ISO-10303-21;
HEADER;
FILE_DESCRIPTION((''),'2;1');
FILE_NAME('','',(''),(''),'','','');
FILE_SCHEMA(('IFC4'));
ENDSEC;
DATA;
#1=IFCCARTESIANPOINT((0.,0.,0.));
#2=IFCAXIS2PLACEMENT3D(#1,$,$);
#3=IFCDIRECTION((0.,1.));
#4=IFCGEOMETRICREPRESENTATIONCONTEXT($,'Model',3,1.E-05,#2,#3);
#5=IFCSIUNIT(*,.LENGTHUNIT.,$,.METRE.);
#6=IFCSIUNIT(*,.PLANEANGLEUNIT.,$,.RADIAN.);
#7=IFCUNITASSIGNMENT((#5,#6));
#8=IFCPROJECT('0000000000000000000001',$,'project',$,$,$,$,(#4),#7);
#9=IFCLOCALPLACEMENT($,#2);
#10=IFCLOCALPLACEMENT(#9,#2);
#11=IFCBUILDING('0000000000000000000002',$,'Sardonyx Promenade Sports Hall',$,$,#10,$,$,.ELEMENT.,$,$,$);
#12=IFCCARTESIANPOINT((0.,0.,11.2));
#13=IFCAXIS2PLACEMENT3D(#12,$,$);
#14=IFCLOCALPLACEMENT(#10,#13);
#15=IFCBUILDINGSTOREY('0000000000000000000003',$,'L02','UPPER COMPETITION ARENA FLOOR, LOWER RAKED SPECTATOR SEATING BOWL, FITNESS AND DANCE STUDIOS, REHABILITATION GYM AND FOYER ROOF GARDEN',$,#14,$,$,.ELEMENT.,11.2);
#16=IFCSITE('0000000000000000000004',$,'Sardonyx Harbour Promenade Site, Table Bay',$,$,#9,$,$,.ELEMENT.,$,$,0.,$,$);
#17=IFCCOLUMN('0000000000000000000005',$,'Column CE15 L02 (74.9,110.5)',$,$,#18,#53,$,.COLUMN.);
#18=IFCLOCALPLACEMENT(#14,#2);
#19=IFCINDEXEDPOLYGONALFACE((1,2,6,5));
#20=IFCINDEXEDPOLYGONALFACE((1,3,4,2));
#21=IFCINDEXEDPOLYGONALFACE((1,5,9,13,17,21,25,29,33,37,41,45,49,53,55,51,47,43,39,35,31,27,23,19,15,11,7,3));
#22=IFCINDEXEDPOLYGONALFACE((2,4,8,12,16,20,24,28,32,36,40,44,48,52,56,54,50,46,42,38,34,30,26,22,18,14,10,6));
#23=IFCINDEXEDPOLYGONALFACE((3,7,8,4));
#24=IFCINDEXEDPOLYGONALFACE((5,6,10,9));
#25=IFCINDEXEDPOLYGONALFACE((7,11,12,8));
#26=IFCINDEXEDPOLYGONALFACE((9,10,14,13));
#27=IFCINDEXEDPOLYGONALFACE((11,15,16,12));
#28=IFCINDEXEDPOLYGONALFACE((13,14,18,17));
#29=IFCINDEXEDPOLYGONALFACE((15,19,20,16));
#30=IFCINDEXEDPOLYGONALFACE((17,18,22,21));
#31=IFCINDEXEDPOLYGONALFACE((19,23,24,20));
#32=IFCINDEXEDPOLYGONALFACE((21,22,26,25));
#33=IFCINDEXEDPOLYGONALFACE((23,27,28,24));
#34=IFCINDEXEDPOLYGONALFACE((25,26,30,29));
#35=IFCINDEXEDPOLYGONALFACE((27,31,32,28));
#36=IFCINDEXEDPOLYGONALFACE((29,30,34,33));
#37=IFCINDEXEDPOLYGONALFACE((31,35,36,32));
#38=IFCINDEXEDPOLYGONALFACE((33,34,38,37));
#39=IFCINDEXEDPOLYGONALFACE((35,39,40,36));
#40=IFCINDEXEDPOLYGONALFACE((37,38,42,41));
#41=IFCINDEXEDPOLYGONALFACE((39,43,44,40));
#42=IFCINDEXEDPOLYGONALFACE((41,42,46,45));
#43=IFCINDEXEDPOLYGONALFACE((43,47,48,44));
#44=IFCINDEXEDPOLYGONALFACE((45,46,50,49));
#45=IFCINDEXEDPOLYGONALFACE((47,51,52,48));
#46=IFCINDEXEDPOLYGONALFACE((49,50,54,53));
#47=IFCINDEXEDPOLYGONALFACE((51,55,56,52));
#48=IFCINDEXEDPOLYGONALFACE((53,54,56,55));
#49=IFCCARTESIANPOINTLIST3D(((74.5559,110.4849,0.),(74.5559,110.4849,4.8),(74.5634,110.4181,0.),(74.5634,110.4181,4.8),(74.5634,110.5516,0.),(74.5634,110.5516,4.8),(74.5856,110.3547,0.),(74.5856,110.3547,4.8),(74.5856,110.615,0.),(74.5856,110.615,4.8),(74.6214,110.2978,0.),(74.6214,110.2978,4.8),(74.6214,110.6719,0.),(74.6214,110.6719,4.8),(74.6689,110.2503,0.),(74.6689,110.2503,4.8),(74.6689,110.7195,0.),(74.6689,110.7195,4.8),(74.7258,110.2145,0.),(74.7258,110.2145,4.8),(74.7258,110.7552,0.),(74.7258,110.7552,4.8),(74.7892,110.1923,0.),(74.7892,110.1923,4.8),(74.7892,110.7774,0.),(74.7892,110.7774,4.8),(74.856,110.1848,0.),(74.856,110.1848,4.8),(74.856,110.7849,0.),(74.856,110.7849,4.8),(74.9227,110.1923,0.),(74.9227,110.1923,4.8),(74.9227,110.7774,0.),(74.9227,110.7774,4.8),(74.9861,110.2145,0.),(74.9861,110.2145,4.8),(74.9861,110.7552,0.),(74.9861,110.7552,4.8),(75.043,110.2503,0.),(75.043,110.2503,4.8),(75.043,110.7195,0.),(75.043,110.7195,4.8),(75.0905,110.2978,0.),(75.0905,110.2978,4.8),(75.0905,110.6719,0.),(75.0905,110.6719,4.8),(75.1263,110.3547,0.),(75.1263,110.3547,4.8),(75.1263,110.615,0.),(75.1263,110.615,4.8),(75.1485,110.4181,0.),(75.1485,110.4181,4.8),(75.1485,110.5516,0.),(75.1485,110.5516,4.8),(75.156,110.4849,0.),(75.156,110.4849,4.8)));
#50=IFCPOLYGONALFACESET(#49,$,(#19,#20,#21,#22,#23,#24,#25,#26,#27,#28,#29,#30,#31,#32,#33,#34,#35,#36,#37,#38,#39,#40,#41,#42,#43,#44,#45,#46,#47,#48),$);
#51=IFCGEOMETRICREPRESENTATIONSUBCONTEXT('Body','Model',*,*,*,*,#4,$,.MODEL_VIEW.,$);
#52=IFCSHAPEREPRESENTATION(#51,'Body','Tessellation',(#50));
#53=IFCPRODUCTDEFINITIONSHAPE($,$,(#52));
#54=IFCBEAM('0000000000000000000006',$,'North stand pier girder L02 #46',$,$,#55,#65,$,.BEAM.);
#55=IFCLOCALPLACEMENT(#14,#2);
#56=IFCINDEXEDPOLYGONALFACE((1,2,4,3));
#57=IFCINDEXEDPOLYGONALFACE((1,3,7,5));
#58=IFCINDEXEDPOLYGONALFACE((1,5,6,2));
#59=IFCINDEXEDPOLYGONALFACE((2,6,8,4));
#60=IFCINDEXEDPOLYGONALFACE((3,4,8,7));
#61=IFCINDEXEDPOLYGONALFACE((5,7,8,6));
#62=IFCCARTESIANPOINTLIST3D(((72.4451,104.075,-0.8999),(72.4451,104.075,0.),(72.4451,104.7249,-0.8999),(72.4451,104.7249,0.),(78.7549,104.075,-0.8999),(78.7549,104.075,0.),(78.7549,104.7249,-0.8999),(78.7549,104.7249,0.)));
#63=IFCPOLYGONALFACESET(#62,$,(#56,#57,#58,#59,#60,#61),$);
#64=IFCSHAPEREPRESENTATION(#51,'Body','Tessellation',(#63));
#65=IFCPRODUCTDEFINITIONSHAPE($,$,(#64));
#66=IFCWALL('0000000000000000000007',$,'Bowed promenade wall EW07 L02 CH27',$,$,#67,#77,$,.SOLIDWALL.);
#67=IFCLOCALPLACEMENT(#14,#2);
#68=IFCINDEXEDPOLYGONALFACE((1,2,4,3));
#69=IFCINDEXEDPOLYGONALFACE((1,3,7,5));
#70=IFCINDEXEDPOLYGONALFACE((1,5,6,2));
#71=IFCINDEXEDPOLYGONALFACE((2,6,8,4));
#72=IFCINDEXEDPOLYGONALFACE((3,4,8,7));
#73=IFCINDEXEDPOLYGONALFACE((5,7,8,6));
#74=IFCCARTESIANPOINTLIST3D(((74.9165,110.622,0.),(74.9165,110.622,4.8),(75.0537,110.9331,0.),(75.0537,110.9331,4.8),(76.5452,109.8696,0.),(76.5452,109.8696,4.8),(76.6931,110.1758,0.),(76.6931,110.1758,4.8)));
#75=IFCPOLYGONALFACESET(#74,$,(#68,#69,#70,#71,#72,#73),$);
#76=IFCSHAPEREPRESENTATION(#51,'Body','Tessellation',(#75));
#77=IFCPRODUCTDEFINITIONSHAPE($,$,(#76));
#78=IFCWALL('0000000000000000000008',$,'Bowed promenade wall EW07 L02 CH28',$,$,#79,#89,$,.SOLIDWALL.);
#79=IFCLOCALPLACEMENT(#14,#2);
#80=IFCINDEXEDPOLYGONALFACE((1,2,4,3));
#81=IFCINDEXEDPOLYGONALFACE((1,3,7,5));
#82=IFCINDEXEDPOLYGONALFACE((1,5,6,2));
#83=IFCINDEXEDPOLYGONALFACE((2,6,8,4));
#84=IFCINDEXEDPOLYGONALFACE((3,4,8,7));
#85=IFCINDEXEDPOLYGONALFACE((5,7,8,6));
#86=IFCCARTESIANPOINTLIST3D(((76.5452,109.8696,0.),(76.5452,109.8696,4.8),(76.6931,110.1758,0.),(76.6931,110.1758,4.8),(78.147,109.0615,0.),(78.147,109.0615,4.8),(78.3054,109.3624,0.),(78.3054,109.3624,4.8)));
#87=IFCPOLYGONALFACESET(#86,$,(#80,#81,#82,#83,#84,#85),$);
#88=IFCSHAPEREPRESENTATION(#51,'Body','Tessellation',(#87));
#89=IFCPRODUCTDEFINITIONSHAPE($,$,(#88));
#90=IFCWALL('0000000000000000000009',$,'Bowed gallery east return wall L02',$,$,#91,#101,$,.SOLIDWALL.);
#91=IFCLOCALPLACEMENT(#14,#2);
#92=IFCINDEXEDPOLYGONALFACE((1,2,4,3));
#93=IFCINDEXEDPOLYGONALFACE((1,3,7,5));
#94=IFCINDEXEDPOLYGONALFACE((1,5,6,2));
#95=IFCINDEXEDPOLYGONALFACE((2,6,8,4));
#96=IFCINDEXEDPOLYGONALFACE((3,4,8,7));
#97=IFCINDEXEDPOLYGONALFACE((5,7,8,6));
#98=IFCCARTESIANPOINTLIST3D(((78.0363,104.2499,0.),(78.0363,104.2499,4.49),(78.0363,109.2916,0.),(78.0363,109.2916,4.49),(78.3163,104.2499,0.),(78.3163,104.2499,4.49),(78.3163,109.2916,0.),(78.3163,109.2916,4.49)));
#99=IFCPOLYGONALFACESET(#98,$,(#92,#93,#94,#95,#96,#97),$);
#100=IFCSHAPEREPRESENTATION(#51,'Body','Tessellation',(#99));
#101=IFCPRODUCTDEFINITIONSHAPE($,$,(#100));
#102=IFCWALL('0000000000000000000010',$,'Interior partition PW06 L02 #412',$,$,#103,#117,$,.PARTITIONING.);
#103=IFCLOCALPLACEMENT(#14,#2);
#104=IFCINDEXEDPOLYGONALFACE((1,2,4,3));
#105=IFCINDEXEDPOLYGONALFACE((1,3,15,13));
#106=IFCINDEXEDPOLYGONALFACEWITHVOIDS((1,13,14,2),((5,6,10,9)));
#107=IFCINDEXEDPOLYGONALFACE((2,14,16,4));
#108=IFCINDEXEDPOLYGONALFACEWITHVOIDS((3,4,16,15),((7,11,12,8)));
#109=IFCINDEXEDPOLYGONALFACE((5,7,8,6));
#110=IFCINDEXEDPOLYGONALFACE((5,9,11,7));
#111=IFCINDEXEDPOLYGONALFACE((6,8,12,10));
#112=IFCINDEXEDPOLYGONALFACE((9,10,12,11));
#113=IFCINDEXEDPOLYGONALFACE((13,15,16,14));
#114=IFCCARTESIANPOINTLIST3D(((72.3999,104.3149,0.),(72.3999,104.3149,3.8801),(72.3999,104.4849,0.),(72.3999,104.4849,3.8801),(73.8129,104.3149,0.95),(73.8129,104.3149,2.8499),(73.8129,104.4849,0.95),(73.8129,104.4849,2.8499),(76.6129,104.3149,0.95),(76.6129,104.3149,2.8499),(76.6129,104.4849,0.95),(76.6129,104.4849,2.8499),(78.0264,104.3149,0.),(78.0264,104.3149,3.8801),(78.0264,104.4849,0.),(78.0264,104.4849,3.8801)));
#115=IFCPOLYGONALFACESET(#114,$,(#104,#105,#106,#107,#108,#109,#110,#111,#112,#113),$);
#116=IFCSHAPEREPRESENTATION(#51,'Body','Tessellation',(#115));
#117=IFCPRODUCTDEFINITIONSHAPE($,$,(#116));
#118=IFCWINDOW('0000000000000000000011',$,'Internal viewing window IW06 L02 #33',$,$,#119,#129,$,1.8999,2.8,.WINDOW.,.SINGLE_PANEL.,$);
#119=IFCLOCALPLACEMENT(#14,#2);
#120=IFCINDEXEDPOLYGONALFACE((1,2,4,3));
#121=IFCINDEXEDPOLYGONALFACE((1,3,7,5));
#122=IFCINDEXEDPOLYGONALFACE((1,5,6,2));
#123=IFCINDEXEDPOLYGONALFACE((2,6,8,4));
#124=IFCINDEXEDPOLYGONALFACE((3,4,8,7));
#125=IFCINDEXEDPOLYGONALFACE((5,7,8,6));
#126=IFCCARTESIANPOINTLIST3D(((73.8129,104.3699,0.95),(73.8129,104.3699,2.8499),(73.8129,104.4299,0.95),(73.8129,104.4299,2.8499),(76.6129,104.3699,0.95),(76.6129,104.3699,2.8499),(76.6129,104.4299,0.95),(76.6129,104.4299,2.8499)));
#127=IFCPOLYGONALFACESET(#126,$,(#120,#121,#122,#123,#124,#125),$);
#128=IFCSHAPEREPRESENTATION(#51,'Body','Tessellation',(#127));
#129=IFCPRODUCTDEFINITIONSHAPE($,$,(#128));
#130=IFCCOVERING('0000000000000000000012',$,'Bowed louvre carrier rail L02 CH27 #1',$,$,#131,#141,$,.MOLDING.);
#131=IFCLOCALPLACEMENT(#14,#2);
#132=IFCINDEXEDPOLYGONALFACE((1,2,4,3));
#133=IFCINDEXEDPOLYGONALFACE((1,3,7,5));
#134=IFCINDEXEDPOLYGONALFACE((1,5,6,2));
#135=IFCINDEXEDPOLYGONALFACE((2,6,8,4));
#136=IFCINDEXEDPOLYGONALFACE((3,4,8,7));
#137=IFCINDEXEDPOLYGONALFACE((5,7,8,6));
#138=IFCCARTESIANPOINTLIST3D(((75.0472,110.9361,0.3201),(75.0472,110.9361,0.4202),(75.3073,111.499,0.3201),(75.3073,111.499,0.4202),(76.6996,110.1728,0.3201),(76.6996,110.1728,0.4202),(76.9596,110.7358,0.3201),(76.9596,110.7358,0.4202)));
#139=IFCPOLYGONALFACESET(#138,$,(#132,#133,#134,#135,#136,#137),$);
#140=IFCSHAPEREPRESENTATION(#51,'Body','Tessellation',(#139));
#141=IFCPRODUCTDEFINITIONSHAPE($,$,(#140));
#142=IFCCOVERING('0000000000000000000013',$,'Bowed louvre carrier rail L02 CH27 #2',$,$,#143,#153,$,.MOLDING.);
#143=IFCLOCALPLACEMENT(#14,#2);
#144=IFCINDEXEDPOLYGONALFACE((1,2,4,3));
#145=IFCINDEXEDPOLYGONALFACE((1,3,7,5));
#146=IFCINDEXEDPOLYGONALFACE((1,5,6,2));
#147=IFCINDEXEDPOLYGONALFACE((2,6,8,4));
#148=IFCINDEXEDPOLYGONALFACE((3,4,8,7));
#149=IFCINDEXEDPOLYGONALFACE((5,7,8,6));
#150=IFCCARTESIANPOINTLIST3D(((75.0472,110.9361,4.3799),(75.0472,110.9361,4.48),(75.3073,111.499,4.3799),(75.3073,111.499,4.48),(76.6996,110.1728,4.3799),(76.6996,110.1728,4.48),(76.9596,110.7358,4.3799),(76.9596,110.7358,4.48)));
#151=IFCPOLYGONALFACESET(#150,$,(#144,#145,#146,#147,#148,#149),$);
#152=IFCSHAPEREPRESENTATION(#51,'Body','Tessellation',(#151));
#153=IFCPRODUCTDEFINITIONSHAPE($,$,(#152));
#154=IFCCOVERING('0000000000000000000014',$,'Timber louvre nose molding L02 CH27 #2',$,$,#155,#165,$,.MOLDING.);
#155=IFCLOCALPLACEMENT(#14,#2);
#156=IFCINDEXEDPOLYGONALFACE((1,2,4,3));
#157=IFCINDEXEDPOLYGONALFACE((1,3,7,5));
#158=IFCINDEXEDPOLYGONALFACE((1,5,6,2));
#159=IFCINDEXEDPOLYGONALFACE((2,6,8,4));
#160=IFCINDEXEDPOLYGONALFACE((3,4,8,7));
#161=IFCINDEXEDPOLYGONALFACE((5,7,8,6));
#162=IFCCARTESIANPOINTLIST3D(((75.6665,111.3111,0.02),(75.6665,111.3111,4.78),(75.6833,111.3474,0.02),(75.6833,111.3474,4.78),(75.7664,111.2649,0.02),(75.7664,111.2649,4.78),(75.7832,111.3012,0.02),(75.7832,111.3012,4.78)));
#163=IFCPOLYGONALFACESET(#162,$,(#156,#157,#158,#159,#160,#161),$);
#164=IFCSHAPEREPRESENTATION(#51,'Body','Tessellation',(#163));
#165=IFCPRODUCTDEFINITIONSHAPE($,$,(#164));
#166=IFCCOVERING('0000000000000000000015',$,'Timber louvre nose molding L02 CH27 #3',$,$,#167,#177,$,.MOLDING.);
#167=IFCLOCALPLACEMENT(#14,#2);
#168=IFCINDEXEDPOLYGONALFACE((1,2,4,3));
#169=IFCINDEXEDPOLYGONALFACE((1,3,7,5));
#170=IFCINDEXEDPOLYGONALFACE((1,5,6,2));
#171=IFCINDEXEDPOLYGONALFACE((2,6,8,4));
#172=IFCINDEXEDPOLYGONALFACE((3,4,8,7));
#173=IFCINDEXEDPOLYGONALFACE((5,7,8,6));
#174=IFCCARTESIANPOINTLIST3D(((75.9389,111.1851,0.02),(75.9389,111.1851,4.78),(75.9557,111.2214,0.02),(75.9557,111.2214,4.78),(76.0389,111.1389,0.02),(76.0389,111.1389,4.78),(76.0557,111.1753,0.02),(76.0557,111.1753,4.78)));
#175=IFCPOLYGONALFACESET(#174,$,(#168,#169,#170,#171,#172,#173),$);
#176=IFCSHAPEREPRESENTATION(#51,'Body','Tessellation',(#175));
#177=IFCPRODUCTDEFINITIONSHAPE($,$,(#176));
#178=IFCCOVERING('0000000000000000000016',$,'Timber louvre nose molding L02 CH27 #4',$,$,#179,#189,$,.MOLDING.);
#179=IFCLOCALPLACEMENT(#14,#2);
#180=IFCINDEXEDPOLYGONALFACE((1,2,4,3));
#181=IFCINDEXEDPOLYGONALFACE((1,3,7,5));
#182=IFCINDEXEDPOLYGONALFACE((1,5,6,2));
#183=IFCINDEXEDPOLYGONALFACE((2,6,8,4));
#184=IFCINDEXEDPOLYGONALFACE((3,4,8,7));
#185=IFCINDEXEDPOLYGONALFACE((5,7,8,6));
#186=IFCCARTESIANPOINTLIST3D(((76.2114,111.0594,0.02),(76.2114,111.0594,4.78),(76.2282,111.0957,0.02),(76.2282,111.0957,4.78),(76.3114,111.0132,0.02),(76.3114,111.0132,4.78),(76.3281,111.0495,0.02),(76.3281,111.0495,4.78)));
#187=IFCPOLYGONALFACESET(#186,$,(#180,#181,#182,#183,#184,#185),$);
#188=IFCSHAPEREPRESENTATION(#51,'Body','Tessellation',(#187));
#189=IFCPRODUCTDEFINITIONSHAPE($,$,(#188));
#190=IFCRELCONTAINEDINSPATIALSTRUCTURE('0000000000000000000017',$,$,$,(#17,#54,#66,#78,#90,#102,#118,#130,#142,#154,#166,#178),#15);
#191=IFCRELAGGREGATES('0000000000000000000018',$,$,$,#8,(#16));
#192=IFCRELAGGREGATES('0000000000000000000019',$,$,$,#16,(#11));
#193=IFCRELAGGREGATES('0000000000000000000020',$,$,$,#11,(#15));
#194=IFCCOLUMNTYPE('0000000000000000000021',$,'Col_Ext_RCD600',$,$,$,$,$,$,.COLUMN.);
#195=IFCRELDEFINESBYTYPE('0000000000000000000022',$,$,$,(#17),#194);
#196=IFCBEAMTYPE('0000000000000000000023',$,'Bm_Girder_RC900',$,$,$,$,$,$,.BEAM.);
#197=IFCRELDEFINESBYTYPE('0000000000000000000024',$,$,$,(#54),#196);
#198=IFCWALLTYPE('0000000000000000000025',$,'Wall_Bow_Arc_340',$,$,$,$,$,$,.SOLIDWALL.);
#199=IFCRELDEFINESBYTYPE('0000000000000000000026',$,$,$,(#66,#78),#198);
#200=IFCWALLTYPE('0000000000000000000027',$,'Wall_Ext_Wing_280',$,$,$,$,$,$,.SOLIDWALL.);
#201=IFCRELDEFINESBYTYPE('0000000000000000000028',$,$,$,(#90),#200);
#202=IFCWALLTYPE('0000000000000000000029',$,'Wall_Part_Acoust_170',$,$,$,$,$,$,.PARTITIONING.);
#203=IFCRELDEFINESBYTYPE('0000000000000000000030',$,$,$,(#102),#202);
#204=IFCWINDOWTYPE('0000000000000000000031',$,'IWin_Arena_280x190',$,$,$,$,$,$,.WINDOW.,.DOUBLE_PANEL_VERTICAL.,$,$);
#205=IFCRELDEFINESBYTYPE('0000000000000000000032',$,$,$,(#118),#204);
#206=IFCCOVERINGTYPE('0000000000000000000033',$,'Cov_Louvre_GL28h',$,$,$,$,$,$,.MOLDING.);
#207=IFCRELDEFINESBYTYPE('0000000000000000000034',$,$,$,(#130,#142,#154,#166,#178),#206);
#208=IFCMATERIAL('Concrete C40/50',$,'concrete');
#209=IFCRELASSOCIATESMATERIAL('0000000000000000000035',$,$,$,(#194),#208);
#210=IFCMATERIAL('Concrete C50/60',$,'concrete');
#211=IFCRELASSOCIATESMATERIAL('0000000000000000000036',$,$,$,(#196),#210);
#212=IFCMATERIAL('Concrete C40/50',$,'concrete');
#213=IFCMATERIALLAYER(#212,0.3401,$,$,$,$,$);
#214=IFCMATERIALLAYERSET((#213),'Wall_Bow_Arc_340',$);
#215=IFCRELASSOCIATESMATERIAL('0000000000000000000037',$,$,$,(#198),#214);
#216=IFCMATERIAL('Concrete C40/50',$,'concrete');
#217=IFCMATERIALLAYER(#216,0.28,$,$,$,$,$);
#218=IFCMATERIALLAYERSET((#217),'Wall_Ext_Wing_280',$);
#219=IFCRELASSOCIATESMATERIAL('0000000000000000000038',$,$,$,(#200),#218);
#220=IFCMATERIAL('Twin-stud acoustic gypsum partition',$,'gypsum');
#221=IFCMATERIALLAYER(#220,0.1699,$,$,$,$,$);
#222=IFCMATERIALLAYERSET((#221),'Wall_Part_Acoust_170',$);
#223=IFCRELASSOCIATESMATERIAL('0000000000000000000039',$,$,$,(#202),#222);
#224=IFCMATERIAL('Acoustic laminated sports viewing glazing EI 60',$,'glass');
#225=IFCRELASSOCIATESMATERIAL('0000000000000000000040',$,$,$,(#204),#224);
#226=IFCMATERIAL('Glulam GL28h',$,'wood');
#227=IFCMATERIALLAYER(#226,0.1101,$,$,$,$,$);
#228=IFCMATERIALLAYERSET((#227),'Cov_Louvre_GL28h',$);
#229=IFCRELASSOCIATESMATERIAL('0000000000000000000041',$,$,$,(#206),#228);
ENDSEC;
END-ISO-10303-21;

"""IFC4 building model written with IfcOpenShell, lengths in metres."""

from ifc_helpers import new_model, si_unit, direction, frame, frame_2d, origin, origin_2d, place, context, subcontext, project, spatial, polyline, rectangle, circle, outline, extrude, material, layer, layer_set, material_profile, profile_set, type_object, element, fill, save


model = new_model("IFC4")

# Units and contexts
model_context = context("Model", 3, precision=1e-05, world=origin(), true_north=direction((0.0, 1.0)))
body_context = subcontext(model_context, "Body", "Model", "MODEL_VIEW")
ifc_project = project(units=[si_unit("LENGTHUNIT", "METRE"), si_unit("PLANEANGLEUNIT", "RADIAN")], contexts=[model_context])

# Site, building, storey
site_placement = place(None, origin())
site = spatial("IfcSite", under=ifc_project, at=site_placement, Name="Sardonyx Harbour Promenade Site, Table Bay", CompositionType="ELEMENT", RefElevation=0.0)
building_placement = place(site_placement, origin())
building = spatial("IfcBuilding", under=site, at=building_placement, Name="Sardonyx Promenade Sports Hall", CompositionType="ELEMENT")
storey_placement = place(building_placement, frame((0.0, 0.0, 11.2)))
storey = spatial("IfcBuildingStorey", under=building, at=storey_placement, Name="L02", Description="UPPER COMPETITION ARENA FLOOR, LOWER RAKED SPECTATOR SEATING BOWL, FITNESS AND DANCE STUDIOS, REHABILITATION GYM AND FOYER ROOF GARDEN", CompositionType="ELEMENT", Elevation=11.2)

# Column
ifc_material_1 = material(Name="Concrete C40/50", Category="concrete")
ifc_material_profile_1 = material_profile(ifc_material_1, circle(Radius=0.3, at=origin_2d()))
ifc_profile_set_1 = profile_set([ifc_material_profile_1], Name="Concrete C40/50")
column_type = type_object("IfcColumnType", Name="Col_Ext_RCD600", PredefinedType="COLUMN", material=ifc_profile_set_1)
column_placement = place(storey_placement, frame((74.856, 110.4849, 0.0), z_axis=(0.0, 0.0, 1.0), x_axis=(1.0, 0.0, 0.0)))
element("IfcColumn", 1, at=column_placement, inside=storey, type_object=column_type, Name="Column CE15 L02 (74.9,110.5)", PredefinedType="COLUMN", context=body_context, shape_type="SweptSolid", body=[
    extrude(circle(Radius=0.3, at=origin_2d()), origin(), (0.0, 0.0, 1.0), 4.8),
])

# Beam
ifc_material_2 = material(Name="Concrete C50/60", Category="concrete")
ifc_material_profile_2 = material_profile(ifc_material_2, rectangle(XDim=0.6499, YDim=0.8999, at=origin_2d()))
ifc_profile_set_2 = profile_set([ifc_material_profile_2], Name="Concrete C50/60")
beam_type = type_object("IfcBeamType", Name="Bm_Girder_RC900", PredefinedType="BEAM", material=ifc_profile_set_2)
beam_placement = place(storey_placement, frame((72.4451, 104.3999, -0.45), z_axis=(1.0, 0.0, 0.0), x_axis=(0.0, 1.0, 0.0)))
element("IfcBeam", 2, at=beam_placement, inside=storey, type_object=beam_type, Name="North stand pier girder L02 #46", PredefinedType="BEAM", context=body_context, shape_type="SweptSolid", body=[
    extrude(rectangle(XDim=0.6499, YDim=0.8999, at=origin_2d()), origin(), (0.0, 0.0, 1.0), 6.3098),
])

# Walls
ifc_material_3 = material(Name="Concrete C40/50", Category="concrete")
ifc_layer_1 = layer(ifc_material_3, 0.3401)
ifc_layer_set_1 = layer_set([ifc_layer_1], Name="Wall_Bow_Arc_340")
wall_type_1 = type_object("IfcWallType", Name="Wall_Bow_Arc_340", PredefinedType="SOLIDWALL", material=ifc_layer_set_1)
for number, where, z_axis, x_axis, name in (
    (3, (74.9851, 110.7776, 0.0), (0.0, 0.0, 1.0), (0.907808, -0.419385, 0.0), "Bowed promenade wall EW07 L02 CH27"),
    (4, (76.6191, 110.0227, 0.0), (0.0, 0.0, 1.0), (0.892821, -0.450411, 0.0), "Bowed promenade wall EW07 L02 CH28"),
):
    element("IfcWall", number, at=place(storey_placement, frame(where, z_axis=z_axis, x_axis=x_axis)), inside=storey, type_object=wall_type_1, Name=name, PredefinedType="SOLIDWALL", context=body_context, shape_type="SweptSolid", body=[
        extrude(outline(polyline([(0.0029, -0.17), (1.7971, -0.17), (1.8029, 0.17), (-0.0029, 0.17), (0.0029, -0.17)])), origin(), (0.0, 0.0, 1.0), 4.8),
    ])
ifc_material_4 = material(Name="Concrete C40/50", Category="concrete")
ifc_layer_2 = layer(ifc_material_4, 0.28)
ifc_layer_set_2 = layer_set([ifc_layer_2], Name="Wall_Ext_Wing_280")
wall_type_2 = type_object("IfcWallType", Name="Wall_Ext_Wing_280", PredefinedType="SOLIDWALL", material=ifc_layer_set_2)
wall_1_placement = place(storey_placement, frame((78.1763, 109.2917, 0.0), z_axis=(0.0, 0.0, 1.0), x_axis=(0.0, -1.0, 0.0)))
element("IfcWall", 5, at=wall_1_placement, inside=storey, type_object=wall_type_2, Name="Bowed gallery east return wall L02", PredefinedType="SOLIDWALL", context=body_context, shape_type="SweptSolid", body=[
    extrude(rectangle(XDim=5.0417, YDim=0.28, at=frame_2d((2.521, 0.0))), origin(), (0.0, 0.0, 1.0), 4.49),
])

# Wall, opening, window
ifc_material_5 = material(Name="Twin-stud acoustic gypsum partition", Category="gypsum")
ifc_layer_3 = layer(ifc_material_5, 0.1699)
ifc_layer_set_3 = layer_set([ifc_layer_3], Name="Wall_Part_Acoust_170")
wall_type_3 = type_object("IfcWallType", Name="Wall_Part_Acoust_170", PredefinedType="PARTITIONING", material=ifc_layer_set_3)
wall_2_placement = place(storey_placement, frame((72.3999, 104.3999, 0.0), z_axis=(0.0, 0.0, 1.0), x_axis=(1.0, 0.0, 0.0)))
wall_2 = element("IfcWall", 6, at=wall_2_placement, inside=storey, type_object=wall_type_3, Name="Interior partition PW06 L02 #412", PredefinedType="PARTITIONING", context=body_context, shape_type="SweptSolid", body=[
    extrude(rectangle(XDim=5.6265, YDim=0.1699, at=frame_2d((2.8132, 0.0))), origin(), (0.0, 0.0, 1.0), 3.8801),
])
opening_placement = place(wall_2_placement, frame((1.4131, 0.0, 0.95)))
opening = element("IfcOpeningElement", 7, at=opening_placement, cuts=wall_2, PredefinedType="OPENING", context=body_context, shape_type="SweptSolid", body=[
    extrude(rectangle(XDim=2.8, YDim=1.8999, at=frame_2d((1.3999, 0.95))), frame((0.0, 0.095, 0.0), z_axis=(0.0, -1.0, 0.0), x_axis=(1.0, 0.0, 0.0)), (0.0, 0.0, 1.0), 0.19),
])
ifc_material_6 = material(Name="Acoustic laminated sports viewing glazing EI 60", Category="glass")
window_type = type_object("IfcWindowType", Name="IWin_Arena_280x190", PartitioningType="DOUBLE_PANEL_VERTICAL", PredefinedType="WINDOW", material=ifc_material_6)
window_placement = place(opening_placement, origin())
window = element("IfcWindow", 8, at=window_placement, inside=storey, type_object=window_type, Name="Internal viewing window IW06 L02 #33", OverallHeight=1.8999, OverallWidth=2.8, PartitioningType="SINGLE_PANEL", PredefinedType="WINDOW", context=body_context, shape_type="SweptSolid", body=[
    extrude(rectangle(XDim=2.8, YDim=1.8999, at=frame_2d((1.3999, 0.95))), frame((0.0, 0.03, 0.0), z_axis=(0.0, -1.0, 0.0), x_axis=(1.0, 0.0, 0.0)), (0.0, 0.0, 1.0), 0.0601),
])
fill(opening, window)

# Coverings
ifc_material_7 = material(Name="Glulam GL28h", Category="wood")
ifc_layer_4 = layer(ifc_material_7, 0.1101)
ifc_layer_set_4 = layer_set([ifc_layer_4], Name="Cov_Louvre_GL28h")
covering_type = type_object("IfcCoveringType", Name="Cov_Louvre_GL28h", PredefinedType="MOLDING", material=ifc_layer_set_4)
for number, where, z_axis, x_axis, name in (
    (9, (76.0034, 110.8359, 0.3201), (0.0, 0.0, 1.0), (0.907831, -0.419336, 0.0), "Bowed louvre carrier rail L02 CH27 #1"),
    (10, (76.0034, 110.8359, 4.3799), (0.0, 0.0, 1.0), (0.907831, -0.419336, 0.0), "Bowed louvre carrier rail L02 CH27 #2"),
):
    element("IfcCovering", number, at=place(storey_placement, frame(where, z_axis=z_axis, x_axis=x_axis)), inside=storey, type_object=covering_type, Name=name, PredefinedType="MOLDING", context=body_context, shape_type="SweptSolid", body=[
        extrude(rectangle(XDim=1.8201, YDim=0.6201, at=origin_2d()), origin(), (0.0, 0.0, 1.0), 0.1001),
    ])
for number, where, z_axis, x_axis, name in (
    (11, (75.7249, 111.3062, 0.02), (0.0, 0.0, 1.0), (0.907831, -0.419336, 0.0), "Timber louvre nose molding L02 CH27 #2"),
    (12, (75.9973, 111.1802, 0.02), (0.0, 0.0, 1.0), (0.907831, -0.419336, 0.0), "Timber louvre nose molding L02 CH27 #3"),
    (13, (76.2698, 111.0544, 0.02), (0.0, 0.0, 1.0), (0.907831, -0.419336, 0.0), "Timber louvre nose molding L02 CH27 #4"),
):
    element("IfcCovering", number, at=place(storey_placement, frame(where, z_axis=z_axis, x_axis=x_axis)), inside=storey, type_object=covering_type, Name=name, PredefinedType="MOLDING", context=body_context, shape_type="SweptSolid", body=[
        extrude(rectangle(XDim=0.1101, YDim=0.04, at=origin_2d()), origin(), (0.0, 0.0, 1.0), 4.76),
    ])

save(model, "model.ifc")
